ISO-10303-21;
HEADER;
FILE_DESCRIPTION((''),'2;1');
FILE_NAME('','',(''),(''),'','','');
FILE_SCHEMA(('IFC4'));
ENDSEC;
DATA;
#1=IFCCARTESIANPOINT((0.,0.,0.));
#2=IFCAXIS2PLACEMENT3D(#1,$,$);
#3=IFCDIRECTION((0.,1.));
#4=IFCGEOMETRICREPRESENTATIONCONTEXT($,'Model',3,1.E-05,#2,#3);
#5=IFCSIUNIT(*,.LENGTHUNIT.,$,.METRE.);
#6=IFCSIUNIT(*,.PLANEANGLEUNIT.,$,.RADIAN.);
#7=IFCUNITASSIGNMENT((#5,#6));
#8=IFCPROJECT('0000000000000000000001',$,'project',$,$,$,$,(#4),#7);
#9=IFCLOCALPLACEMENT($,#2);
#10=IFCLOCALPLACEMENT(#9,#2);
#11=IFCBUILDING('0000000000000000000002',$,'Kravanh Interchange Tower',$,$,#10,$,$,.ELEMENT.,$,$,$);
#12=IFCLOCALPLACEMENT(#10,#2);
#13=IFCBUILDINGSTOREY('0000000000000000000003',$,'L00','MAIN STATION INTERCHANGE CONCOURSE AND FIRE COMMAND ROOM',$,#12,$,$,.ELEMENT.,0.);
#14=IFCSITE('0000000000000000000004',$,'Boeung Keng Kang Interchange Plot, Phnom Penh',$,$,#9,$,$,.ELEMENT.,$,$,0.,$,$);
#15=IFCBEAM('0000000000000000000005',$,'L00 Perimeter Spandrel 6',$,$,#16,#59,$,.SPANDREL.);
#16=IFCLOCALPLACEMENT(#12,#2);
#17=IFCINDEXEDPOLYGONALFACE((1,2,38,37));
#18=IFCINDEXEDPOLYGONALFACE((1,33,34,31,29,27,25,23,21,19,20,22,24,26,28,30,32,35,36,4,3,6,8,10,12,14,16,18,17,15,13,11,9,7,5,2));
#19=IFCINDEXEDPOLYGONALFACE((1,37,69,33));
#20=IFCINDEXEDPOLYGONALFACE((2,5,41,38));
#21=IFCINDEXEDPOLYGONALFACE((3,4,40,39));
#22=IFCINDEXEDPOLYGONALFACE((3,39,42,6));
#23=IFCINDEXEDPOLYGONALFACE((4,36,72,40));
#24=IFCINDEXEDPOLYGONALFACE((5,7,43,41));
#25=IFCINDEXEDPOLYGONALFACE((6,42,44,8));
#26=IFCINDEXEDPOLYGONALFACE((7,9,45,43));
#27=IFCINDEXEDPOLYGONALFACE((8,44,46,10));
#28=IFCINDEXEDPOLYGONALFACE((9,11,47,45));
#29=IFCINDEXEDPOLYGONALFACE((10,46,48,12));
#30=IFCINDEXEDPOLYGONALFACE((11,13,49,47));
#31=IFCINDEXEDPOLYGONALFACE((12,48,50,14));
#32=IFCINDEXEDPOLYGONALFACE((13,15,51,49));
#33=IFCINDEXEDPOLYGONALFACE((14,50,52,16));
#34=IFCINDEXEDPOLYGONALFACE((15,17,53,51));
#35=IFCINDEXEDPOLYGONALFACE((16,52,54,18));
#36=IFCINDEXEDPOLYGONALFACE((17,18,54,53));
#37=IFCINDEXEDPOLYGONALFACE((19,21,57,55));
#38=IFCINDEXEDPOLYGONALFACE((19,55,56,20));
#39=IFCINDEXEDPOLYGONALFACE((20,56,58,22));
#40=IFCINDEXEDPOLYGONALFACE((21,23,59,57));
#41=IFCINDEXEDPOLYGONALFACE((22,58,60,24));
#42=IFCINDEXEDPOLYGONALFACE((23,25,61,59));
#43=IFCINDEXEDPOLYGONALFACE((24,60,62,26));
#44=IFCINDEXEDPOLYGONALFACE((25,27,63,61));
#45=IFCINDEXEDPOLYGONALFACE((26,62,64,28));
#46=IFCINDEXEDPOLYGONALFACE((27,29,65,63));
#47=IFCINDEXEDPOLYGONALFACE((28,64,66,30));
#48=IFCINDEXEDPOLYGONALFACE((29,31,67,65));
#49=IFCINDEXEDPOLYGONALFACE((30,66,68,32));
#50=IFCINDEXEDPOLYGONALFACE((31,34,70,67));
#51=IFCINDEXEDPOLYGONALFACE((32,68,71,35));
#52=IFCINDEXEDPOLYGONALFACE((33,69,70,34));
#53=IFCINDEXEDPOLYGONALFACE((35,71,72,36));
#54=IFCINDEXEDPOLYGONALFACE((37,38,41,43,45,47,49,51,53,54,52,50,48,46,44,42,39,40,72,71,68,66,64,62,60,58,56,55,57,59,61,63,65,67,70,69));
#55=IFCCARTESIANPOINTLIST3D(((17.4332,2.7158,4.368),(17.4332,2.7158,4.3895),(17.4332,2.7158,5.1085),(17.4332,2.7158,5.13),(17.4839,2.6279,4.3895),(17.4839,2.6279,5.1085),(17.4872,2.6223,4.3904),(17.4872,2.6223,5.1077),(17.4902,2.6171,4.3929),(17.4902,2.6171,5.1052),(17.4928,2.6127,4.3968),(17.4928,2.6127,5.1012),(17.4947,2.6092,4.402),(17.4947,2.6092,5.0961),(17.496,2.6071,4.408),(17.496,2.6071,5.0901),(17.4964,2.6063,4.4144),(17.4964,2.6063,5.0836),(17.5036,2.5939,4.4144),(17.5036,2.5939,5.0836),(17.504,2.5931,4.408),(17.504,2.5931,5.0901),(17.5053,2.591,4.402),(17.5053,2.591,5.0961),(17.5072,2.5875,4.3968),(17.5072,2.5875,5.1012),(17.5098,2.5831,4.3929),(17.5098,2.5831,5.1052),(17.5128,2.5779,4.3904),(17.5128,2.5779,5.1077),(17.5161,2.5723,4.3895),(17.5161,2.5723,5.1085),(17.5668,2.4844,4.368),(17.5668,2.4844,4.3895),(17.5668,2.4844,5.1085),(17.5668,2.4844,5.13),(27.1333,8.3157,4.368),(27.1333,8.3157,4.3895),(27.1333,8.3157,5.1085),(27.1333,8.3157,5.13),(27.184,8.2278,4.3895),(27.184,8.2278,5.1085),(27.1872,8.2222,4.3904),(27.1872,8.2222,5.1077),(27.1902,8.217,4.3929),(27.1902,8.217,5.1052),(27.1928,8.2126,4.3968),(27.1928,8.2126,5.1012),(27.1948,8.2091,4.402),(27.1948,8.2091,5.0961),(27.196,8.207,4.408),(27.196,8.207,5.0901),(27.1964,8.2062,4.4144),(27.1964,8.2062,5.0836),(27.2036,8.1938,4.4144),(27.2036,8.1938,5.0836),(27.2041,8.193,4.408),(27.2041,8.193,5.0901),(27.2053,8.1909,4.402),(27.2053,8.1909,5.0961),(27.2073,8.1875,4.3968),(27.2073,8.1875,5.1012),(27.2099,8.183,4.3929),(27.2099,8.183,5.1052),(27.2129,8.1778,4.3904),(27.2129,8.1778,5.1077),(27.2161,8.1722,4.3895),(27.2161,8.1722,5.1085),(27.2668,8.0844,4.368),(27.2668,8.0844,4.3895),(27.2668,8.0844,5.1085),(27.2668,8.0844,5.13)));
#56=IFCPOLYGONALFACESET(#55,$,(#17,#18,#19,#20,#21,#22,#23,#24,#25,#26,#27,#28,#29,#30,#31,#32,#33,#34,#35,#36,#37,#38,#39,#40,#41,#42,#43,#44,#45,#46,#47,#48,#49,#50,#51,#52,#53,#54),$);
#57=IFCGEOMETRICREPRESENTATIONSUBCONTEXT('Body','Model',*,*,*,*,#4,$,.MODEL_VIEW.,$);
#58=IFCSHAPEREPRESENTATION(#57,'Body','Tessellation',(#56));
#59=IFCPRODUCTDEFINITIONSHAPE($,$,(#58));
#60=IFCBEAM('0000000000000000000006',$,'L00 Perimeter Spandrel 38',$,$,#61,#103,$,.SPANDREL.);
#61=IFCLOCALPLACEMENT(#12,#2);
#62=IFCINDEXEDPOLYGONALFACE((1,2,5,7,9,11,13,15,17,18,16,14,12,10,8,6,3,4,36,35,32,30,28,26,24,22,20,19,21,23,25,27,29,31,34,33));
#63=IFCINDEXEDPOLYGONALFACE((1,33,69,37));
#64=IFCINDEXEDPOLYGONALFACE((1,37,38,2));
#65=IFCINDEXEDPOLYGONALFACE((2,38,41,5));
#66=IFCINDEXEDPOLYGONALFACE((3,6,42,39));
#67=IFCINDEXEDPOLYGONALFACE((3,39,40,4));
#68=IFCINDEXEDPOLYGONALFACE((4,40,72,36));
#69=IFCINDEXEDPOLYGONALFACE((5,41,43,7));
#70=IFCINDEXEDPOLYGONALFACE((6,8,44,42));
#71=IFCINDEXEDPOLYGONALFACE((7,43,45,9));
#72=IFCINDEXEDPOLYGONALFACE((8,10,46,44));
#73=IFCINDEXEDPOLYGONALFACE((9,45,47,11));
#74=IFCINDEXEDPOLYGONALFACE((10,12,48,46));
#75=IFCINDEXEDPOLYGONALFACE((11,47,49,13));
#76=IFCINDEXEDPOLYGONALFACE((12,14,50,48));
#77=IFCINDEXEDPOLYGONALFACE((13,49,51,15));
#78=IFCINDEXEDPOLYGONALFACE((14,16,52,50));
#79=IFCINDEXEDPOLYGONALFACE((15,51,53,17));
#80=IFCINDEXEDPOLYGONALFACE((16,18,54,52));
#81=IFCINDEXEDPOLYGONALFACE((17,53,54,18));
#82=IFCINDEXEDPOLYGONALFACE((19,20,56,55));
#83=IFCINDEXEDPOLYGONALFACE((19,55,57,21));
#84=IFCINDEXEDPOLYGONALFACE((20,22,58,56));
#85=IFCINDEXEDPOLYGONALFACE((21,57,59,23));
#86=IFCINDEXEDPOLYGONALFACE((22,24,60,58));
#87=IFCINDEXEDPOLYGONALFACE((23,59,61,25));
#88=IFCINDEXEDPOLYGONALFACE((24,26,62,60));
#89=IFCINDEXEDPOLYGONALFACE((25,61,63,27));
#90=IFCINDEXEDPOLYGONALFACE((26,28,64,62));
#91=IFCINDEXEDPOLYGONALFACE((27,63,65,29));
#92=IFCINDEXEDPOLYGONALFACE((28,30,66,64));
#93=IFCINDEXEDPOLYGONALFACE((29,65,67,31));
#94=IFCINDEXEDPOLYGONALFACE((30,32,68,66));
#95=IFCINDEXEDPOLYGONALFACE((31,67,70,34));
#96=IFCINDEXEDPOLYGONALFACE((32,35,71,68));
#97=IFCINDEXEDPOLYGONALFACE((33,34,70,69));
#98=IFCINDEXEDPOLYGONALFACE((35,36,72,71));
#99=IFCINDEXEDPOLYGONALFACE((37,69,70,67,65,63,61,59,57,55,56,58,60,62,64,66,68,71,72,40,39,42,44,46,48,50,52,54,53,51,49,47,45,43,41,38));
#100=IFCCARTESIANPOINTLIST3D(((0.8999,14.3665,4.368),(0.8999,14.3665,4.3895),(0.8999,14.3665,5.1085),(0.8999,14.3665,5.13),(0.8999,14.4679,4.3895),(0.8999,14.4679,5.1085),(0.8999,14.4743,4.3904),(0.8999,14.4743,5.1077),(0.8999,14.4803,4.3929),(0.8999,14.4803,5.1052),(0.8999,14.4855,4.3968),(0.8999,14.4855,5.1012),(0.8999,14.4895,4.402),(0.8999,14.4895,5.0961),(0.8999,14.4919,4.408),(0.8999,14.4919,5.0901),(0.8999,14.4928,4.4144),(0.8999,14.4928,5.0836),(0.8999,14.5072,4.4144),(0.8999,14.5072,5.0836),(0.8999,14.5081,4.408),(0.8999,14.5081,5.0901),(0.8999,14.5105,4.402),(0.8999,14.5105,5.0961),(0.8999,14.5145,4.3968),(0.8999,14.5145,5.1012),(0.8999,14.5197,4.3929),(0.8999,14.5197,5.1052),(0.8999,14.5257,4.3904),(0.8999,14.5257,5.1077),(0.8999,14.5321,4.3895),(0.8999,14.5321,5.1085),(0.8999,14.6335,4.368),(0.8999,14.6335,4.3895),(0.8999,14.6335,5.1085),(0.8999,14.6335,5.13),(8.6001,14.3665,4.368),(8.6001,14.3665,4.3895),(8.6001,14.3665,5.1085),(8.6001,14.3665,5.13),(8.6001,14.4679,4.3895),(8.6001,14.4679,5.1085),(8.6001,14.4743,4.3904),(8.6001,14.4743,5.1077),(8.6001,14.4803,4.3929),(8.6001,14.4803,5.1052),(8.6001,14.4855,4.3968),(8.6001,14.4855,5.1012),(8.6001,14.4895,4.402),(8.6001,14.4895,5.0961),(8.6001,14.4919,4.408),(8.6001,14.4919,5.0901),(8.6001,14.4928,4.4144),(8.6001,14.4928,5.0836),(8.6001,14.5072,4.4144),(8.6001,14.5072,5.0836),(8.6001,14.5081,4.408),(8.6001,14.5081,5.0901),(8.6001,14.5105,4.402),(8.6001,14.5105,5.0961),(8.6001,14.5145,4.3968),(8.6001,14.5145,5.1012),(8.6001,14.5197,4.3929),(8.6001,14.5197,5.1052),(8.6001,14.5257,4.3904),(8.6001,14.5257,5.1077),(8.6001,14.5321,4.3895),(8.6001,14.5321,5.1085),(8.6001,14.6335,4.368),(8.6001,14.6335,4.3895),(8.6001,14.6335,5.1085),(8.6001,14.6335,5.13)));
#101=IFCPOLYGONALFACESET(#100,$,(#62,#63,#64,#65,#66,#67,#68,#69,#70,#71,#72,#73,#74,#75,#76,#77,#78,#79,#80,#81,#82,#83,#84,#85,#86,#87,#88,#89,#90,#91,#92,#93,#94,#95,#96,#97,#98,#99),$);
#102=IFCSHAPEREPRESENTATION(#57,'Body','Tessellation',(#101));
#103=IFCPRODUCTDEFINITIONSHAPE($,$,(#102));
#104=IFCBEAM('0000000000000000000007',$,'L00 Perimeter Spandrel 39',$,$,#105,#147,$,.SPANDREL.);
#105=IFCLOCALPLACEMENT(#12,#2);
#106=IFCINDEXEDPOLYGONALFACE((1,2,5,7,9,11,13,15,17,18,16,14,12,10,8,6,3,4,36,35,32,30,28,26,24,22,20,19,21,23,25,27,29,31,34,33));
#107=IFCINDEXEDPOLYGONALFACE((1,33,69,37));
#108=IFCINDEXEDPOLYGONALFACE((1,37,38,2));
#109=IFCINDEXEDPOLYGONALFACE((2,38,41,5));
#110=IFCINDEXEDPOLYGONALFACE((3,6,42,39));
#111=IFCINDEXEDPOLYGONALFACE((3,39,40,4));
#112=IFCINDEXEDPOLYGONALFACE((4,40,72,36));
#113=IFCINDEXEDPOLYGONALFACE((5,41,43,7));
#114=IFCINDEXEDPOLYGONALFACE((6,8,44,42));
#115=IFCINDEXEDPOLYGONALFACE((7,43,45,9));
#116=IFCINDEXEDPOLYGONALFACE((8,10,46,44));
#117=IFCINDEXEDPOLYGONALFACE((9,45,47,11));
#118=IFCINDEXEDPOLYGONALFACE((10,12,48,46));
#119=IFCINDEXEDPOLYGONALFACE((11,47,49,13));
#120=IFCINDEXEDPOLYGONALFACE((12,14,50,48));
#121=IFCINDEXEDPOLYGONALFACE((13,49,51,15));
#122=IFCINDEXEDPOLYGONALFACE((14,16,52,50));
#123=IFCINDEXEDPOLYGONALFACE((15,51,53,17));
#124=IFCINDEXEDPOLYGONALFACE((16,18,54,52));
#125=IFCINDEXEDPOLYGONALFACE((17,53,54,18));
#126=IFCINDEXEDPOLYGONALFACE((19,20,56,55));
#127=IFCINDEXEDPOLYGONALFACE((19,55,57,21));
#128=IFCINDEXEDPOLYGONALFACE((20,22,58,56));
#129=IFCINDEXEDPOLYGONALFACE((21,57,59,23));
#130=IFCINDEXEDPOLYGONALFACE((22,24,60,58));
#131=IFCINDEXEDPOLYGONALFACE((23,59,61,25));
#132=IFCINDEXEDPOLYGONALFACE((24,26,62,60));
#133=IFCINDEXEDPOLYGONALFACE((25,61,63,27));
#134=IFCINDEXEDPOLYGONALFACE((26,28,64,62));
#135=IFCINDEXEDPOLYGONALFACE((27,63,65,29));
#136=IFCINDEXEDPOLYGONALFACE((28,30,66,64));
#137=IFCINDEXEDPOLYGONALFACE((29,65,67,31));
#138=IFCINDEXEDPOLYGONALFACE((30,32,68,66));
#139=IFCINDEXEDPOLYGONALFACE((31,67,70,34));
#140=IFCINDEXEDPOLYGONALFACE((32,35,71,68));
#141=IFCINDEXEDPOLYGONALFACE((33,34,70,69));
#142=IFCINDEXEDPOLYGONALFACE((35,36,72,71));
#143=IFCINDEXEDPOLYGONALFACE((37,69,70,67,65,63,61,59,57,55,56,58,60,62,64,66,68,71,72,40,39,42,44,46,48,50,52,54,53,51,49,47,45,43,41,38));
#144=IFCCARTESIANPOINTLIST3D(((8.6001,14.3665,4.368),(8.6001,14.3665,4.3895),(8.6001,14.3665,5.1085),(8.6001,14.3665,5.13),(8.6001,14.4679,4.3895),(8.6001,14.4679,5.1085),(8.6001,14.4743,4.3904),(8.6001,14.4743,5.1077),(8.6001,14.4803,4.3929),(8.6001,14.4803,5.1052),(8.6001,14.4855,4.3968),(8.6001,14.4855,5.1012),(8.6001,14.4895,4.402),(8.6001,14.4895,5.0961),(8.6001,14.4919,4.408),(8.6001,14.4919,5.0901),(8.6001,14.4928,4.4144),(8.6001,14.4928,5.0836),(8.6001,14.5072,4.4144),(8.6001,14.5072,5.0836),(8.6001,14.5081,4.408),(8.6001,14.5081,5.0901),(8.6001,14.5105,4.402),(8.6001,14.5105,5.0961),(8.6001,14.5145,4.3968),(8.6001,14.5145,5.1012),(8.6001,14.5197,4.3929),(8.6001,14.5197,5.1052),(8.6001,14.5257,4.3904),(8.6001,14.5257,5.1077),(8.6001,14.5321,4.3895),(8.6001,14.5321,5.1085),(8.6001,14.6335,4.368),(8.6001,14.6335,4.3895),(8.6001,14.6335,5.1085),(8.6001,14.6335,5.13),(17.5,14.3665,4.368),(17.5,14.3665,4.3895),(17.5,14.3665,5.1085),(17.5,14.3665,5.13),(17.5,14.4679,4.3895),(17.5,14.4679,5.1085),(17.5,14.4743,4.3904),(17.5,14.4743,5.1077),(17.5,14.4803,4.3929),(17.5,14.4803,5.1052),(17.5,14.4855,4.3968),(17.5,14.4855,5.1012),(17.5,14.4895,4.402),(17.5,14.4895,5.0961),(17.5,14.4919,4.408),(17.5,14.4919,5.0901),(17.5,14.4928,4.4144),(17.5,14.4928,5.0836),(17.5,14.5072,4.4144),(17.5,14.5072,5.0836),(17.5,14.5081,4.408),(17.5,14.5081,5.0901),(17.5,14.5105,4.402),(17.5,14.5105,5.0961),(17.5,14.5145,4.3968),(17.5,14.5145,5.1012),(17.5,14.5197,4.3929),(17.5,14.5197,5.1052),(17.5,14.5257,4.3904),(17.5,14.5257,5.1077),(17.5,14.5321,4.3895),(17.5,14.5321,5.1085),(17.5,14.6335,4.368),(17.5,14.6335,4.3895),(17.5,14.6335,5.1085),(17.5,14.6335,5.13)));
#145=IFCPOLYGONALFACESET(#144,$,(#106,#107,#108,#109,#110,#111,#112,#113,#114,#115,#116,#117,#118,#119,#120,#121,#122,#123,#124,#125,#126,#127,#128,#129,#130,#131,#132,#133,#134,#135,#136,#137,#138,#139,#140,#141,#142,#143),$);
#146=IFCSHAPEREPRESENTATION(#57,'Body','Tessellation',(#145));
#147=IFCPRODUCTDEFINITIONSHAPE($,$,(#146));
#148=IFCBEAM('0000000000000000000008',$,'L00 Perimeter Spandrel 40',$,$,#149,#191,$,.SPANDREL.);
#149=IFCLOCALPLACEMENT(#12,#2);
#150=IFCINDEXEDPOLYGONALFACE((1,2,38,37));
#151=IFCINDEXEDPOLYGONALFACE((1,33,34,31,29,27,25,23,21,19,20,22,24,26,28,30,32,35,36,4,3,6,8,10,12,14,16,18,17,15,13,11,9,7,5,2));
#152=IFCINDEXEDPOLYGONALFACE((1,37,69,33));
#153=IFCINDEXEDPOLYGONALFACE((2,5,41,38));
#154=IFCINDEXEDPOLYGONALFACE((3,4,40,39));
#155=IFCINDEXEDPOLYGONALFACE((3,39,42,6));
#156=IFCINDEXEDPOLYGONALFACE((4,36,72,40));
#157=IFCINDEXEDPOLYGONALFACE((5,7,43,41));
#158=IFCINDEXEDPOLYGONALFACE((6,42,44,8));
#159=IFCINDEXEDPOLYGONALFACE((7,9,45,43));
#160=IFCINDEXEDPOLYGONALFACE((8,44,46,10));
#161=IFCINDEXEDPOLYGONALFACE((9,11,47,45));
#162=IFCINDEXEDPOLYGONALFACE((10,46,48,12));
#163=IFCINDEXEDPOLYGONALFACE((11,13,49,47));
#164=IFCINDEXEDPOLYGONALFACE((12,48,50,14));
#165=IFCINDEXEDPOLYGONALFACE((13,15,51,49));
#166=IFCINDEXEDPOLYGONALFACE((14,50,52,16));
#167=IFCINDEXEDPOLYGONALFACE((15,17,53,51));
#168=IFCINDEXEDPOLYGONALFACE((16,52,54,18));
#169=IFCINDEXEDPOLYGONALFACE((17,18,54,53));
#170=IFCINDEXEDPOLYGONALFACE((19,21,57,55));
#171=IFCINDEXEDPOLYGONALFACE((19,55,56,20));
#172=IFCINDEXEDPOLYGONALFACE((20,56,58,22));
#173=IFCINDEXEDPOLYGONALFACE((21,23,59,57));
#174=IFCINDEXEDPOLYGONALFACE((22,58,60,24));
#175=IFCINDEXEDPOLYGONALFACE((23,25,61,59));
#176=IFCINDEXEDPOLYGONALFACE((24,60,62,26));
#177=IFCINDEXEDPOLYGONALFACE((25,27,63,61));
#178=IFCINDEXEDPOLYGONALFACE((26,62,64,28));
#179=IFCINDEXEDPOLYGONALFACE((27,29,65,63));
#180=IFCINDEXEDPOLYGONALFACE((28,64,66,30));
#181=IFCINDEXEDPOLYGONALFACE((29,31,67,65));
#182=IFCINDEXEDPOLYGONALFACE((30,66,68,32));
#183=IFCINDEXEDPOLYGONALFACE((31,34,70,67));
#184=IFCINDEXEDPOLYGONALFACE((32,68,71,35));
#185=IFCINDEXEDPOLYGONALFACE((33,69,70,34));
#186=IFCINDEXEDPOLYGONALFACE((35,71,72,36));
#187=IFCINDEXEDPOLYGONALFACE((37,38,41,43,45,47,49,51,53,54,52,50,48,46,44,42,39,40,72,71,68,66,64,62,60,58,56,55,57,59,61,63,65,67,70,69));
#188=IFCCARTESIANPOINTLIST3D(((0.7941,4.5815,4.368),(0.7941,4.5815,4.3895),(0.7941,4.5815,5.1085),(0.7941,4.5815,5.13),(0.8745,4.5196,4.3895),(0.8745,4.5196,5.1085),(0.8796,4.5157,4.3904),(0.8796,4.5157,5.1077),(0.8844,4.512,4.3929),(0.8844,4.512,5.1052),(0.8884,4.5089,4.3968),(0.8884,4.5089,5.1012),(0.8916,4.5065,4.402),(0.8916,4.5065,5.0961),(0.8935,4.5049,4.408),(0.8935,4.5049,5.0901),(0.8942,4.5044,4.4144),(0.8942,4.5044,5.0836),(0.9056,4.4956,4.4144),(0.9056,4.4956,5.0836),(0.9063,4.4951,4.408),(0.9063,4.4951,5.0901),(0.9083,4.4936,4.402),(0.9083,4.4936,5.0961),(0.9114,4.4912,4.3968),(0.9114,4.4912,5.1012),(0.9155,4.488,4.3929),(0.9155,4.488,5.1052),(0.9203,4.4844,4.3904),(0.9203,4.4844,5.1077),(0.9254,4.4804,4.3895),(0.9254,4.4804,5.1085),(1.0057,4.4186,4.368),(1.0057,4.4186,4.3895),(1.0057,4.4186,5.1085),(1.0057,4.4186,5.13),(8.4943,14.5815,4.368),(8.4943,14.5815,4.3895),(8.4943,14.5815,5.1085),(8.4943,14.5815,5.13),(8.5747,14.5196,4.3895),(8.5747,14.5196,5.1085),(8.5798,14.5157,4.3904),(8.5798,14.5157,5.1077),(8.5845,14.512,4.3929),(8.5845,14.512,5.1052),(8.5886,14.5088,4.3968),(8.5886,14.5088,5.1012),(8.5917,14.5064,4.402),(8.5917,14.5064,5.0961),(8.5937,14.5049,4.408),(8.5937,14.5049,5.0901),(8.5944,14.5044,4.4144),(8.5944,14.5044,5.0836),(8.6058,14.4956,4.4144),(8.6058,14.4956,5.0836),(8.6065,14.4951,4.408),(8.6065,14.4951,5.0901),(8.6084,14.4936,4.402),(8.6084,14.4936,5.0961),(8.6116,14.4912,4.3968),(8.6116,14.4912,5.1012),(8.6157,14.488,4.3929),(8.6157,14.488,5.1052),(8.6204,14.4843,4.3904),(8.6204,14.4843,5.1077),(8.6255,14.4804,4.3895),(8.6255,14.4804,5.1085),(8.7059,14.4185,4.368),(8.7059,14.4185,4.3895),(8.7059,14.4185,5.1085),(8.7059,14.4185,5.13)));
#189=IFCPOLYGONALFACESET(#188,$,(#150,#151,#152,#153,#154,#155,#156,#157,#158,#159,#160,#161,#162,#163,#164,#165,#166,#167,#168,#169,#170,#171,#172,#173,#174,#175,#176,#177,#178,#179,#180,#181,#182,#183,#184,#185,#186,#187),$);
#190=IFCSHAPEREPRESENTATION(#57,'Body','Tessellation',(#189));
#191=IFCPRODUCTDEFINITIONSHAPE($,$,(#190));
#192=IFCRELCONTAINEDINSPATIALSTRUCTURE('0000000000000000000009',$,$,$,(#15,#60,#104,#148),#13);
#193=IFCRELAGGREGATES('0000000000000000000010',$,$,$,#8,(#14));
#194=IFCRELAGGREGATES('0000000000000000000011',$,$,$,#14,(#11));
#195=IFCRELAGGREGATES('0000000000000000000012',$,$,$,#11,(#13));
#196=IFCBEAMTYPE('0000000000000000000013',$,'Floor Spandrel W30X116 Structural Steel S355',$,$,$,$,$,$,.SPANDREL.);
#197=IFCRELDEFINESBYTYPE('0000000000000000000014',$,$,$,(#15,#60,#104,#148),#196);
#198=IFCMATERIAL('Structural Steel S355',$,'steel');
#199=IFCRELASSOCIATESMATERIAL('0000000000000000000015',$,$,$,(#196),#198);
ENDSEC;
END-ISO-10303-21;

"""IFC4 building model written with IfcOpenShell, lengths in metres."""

from ifc_helpers import new_model, si_unit, direction, frame, origin, origin_2d, place, context, subcontext, project, spatial, i_section, extrude, material, material_profile, profile_set, type_object, element, save


model = new_model("IFC4")

# Units and contexts
model_context = context("Model", 3, precision=1e-05, world=origin(), true_north=direction((0.0, 1.0)))
body_context = subcontext(model_context, "Body", "Model", "MODEL_VIEW")
ifc_project = project(units=[si_unit("LENGTHUNIT", "METRE"), si_unit("PLANEANGLEUNIT", "RADIAN")], contexts=[model_context])

# Site, building, storey
site_placement = place(None, origin())
site = spatial("IfcSite", under=ifc_project, at=site_placement, Name="Boeung Keng Kang Interchange Plot, Phnom Penh", CompositionType="ELEMENT", RefElevation=0.0)
building_placement = place(site_placement, origin())
building = spatial("IfcBuilding", under=site, at=building_placement, Name="Kravanh Interchange Tower", CompositionType="ELEMENT")
storey_placement = place(building_placement, origin())
storey = spatial("IfcBuildingStorey", under=building, at=storey_placement, Name="L00", Description="MAIN STATION INTERCHANGE CONCOURSE AND FIRE COMMAND ROOM", CompositionType="ELEMENT", Elevation=0.0)

# Beams
ifc_material_1 = material(Name="Structural Steel S355", Category="steel")
ifc_material_profile_1 = material_profile(ifc_material_1, i_section(OverallWidth=0.2671, OverallDepth=0.762, WebThickness=0.0144, FlangeThickness=0.0215, FilletRadius=0.0249, at=origin_2d()), Name="W30X116")
ifc_profile_set_1 = profile_set([ifc_material_profile_1], Name="Structural Steel S355")
beam_type_1 = type_object("IfcBeamType", Name="Floor Spandrel W30X116 Structural Steel S355", PredefinedType="SPANDREL", material=ifc_profile_set_1)
beam_1_placement = place(storey_placement, frame((17.5, 2.6001, 4.749), z_axis=(0.866041, 0.499972, 0.0), x_axis=(-0.499972, 0.866041, 0.0)))
element("IfcBeam", 1, at=beam_1_placement, inside=storey, type_object=beam_type_1, Name="L00 Perimeter Spandrel 6", PredefinedType="SPANDREL", context=body_context, shape_type="SweptSolid", body=[
    extrude(i_section(OverallWidth=0.2671, OverallDepth=0.762, WebThickness=0.0144, FlangeThickness=0.0215, FilletRadius=0.0249, at=origin_2d()), origin(), (0.0, 0.0, 1.0), 11.2004),
])
beam_2_placement = place(storey_placement, frame((8.6001, 14.5, 4.749), z_axis=(-1.0, 0.0, 0.0), x_axis=(0.0, -1.0, 0.0)))
element("IfcBeam", 2, at=beam_2_placement, inside=storey, type_object=beam_type_1, Name="L00 Perimeter Spandrel 38", PredefinedType="SPANDREL", context=body_context, shape_type="SweptSolid", body=[
    extrude(i_section(OverallWidth=0.2671, OverallDepth=0.762, WebThickness=0.0144, FlangeThickness=0.0215, FilletRadius=0.0249, at=origin_2d()), origin(), (0.0, 0.0, 1.0), 7.7002),
])
beam_3_placement = place(storey_placement, frame((8.6001, 14.5, 4.749), z_axis=(1.0, 0.0, 0.0), x_axis=(0.0, 1.0, 0.0)))
element("IfcBeam", 3, at=beam_3_placement, inside=storey, type_object=beam_type_1, Name="L00 Perimeter Spandrel 39", PredefinedType="SPANDREL", context=body_context, shape_type="SweptSolid", body=[
    extrude(i_section(OverallWidth=0.2671, OverallDepth=0.762, WebThickness=0.0144, FlangeThickness=0.0215, FilletRadius=0.0249, at=origin_2d()), origin(), (0.0, 0.0, 1.0), 8.8999),
])
beam_4_placement = place(storey_placement, frame((8.6001, 14.5, 4.749), z_axis=(-0.610103, -0.792322, 0.0), x_axis=(0.792322, -0.610103, 0.0)))
element("IfcBeam", 4, at=beam_4_placement, inside=storey, type_object=beam_type_1, Name="L00 Perimeter Spandrel 40", PredefinedType="SPANDREL", context=body_context, shape_type="SweptSolid", body=[
    extrude(i_section(OverallWidth=0.2671, OverallDepth=0.762, WebThickness=0.0144, FlangeThickness=0.0215, FilletRadius=0.0249, at=origin_2d()), origin(), (0.0, 0.0, 1.0), 12.6211),
])

save(model, "model.ifc")
